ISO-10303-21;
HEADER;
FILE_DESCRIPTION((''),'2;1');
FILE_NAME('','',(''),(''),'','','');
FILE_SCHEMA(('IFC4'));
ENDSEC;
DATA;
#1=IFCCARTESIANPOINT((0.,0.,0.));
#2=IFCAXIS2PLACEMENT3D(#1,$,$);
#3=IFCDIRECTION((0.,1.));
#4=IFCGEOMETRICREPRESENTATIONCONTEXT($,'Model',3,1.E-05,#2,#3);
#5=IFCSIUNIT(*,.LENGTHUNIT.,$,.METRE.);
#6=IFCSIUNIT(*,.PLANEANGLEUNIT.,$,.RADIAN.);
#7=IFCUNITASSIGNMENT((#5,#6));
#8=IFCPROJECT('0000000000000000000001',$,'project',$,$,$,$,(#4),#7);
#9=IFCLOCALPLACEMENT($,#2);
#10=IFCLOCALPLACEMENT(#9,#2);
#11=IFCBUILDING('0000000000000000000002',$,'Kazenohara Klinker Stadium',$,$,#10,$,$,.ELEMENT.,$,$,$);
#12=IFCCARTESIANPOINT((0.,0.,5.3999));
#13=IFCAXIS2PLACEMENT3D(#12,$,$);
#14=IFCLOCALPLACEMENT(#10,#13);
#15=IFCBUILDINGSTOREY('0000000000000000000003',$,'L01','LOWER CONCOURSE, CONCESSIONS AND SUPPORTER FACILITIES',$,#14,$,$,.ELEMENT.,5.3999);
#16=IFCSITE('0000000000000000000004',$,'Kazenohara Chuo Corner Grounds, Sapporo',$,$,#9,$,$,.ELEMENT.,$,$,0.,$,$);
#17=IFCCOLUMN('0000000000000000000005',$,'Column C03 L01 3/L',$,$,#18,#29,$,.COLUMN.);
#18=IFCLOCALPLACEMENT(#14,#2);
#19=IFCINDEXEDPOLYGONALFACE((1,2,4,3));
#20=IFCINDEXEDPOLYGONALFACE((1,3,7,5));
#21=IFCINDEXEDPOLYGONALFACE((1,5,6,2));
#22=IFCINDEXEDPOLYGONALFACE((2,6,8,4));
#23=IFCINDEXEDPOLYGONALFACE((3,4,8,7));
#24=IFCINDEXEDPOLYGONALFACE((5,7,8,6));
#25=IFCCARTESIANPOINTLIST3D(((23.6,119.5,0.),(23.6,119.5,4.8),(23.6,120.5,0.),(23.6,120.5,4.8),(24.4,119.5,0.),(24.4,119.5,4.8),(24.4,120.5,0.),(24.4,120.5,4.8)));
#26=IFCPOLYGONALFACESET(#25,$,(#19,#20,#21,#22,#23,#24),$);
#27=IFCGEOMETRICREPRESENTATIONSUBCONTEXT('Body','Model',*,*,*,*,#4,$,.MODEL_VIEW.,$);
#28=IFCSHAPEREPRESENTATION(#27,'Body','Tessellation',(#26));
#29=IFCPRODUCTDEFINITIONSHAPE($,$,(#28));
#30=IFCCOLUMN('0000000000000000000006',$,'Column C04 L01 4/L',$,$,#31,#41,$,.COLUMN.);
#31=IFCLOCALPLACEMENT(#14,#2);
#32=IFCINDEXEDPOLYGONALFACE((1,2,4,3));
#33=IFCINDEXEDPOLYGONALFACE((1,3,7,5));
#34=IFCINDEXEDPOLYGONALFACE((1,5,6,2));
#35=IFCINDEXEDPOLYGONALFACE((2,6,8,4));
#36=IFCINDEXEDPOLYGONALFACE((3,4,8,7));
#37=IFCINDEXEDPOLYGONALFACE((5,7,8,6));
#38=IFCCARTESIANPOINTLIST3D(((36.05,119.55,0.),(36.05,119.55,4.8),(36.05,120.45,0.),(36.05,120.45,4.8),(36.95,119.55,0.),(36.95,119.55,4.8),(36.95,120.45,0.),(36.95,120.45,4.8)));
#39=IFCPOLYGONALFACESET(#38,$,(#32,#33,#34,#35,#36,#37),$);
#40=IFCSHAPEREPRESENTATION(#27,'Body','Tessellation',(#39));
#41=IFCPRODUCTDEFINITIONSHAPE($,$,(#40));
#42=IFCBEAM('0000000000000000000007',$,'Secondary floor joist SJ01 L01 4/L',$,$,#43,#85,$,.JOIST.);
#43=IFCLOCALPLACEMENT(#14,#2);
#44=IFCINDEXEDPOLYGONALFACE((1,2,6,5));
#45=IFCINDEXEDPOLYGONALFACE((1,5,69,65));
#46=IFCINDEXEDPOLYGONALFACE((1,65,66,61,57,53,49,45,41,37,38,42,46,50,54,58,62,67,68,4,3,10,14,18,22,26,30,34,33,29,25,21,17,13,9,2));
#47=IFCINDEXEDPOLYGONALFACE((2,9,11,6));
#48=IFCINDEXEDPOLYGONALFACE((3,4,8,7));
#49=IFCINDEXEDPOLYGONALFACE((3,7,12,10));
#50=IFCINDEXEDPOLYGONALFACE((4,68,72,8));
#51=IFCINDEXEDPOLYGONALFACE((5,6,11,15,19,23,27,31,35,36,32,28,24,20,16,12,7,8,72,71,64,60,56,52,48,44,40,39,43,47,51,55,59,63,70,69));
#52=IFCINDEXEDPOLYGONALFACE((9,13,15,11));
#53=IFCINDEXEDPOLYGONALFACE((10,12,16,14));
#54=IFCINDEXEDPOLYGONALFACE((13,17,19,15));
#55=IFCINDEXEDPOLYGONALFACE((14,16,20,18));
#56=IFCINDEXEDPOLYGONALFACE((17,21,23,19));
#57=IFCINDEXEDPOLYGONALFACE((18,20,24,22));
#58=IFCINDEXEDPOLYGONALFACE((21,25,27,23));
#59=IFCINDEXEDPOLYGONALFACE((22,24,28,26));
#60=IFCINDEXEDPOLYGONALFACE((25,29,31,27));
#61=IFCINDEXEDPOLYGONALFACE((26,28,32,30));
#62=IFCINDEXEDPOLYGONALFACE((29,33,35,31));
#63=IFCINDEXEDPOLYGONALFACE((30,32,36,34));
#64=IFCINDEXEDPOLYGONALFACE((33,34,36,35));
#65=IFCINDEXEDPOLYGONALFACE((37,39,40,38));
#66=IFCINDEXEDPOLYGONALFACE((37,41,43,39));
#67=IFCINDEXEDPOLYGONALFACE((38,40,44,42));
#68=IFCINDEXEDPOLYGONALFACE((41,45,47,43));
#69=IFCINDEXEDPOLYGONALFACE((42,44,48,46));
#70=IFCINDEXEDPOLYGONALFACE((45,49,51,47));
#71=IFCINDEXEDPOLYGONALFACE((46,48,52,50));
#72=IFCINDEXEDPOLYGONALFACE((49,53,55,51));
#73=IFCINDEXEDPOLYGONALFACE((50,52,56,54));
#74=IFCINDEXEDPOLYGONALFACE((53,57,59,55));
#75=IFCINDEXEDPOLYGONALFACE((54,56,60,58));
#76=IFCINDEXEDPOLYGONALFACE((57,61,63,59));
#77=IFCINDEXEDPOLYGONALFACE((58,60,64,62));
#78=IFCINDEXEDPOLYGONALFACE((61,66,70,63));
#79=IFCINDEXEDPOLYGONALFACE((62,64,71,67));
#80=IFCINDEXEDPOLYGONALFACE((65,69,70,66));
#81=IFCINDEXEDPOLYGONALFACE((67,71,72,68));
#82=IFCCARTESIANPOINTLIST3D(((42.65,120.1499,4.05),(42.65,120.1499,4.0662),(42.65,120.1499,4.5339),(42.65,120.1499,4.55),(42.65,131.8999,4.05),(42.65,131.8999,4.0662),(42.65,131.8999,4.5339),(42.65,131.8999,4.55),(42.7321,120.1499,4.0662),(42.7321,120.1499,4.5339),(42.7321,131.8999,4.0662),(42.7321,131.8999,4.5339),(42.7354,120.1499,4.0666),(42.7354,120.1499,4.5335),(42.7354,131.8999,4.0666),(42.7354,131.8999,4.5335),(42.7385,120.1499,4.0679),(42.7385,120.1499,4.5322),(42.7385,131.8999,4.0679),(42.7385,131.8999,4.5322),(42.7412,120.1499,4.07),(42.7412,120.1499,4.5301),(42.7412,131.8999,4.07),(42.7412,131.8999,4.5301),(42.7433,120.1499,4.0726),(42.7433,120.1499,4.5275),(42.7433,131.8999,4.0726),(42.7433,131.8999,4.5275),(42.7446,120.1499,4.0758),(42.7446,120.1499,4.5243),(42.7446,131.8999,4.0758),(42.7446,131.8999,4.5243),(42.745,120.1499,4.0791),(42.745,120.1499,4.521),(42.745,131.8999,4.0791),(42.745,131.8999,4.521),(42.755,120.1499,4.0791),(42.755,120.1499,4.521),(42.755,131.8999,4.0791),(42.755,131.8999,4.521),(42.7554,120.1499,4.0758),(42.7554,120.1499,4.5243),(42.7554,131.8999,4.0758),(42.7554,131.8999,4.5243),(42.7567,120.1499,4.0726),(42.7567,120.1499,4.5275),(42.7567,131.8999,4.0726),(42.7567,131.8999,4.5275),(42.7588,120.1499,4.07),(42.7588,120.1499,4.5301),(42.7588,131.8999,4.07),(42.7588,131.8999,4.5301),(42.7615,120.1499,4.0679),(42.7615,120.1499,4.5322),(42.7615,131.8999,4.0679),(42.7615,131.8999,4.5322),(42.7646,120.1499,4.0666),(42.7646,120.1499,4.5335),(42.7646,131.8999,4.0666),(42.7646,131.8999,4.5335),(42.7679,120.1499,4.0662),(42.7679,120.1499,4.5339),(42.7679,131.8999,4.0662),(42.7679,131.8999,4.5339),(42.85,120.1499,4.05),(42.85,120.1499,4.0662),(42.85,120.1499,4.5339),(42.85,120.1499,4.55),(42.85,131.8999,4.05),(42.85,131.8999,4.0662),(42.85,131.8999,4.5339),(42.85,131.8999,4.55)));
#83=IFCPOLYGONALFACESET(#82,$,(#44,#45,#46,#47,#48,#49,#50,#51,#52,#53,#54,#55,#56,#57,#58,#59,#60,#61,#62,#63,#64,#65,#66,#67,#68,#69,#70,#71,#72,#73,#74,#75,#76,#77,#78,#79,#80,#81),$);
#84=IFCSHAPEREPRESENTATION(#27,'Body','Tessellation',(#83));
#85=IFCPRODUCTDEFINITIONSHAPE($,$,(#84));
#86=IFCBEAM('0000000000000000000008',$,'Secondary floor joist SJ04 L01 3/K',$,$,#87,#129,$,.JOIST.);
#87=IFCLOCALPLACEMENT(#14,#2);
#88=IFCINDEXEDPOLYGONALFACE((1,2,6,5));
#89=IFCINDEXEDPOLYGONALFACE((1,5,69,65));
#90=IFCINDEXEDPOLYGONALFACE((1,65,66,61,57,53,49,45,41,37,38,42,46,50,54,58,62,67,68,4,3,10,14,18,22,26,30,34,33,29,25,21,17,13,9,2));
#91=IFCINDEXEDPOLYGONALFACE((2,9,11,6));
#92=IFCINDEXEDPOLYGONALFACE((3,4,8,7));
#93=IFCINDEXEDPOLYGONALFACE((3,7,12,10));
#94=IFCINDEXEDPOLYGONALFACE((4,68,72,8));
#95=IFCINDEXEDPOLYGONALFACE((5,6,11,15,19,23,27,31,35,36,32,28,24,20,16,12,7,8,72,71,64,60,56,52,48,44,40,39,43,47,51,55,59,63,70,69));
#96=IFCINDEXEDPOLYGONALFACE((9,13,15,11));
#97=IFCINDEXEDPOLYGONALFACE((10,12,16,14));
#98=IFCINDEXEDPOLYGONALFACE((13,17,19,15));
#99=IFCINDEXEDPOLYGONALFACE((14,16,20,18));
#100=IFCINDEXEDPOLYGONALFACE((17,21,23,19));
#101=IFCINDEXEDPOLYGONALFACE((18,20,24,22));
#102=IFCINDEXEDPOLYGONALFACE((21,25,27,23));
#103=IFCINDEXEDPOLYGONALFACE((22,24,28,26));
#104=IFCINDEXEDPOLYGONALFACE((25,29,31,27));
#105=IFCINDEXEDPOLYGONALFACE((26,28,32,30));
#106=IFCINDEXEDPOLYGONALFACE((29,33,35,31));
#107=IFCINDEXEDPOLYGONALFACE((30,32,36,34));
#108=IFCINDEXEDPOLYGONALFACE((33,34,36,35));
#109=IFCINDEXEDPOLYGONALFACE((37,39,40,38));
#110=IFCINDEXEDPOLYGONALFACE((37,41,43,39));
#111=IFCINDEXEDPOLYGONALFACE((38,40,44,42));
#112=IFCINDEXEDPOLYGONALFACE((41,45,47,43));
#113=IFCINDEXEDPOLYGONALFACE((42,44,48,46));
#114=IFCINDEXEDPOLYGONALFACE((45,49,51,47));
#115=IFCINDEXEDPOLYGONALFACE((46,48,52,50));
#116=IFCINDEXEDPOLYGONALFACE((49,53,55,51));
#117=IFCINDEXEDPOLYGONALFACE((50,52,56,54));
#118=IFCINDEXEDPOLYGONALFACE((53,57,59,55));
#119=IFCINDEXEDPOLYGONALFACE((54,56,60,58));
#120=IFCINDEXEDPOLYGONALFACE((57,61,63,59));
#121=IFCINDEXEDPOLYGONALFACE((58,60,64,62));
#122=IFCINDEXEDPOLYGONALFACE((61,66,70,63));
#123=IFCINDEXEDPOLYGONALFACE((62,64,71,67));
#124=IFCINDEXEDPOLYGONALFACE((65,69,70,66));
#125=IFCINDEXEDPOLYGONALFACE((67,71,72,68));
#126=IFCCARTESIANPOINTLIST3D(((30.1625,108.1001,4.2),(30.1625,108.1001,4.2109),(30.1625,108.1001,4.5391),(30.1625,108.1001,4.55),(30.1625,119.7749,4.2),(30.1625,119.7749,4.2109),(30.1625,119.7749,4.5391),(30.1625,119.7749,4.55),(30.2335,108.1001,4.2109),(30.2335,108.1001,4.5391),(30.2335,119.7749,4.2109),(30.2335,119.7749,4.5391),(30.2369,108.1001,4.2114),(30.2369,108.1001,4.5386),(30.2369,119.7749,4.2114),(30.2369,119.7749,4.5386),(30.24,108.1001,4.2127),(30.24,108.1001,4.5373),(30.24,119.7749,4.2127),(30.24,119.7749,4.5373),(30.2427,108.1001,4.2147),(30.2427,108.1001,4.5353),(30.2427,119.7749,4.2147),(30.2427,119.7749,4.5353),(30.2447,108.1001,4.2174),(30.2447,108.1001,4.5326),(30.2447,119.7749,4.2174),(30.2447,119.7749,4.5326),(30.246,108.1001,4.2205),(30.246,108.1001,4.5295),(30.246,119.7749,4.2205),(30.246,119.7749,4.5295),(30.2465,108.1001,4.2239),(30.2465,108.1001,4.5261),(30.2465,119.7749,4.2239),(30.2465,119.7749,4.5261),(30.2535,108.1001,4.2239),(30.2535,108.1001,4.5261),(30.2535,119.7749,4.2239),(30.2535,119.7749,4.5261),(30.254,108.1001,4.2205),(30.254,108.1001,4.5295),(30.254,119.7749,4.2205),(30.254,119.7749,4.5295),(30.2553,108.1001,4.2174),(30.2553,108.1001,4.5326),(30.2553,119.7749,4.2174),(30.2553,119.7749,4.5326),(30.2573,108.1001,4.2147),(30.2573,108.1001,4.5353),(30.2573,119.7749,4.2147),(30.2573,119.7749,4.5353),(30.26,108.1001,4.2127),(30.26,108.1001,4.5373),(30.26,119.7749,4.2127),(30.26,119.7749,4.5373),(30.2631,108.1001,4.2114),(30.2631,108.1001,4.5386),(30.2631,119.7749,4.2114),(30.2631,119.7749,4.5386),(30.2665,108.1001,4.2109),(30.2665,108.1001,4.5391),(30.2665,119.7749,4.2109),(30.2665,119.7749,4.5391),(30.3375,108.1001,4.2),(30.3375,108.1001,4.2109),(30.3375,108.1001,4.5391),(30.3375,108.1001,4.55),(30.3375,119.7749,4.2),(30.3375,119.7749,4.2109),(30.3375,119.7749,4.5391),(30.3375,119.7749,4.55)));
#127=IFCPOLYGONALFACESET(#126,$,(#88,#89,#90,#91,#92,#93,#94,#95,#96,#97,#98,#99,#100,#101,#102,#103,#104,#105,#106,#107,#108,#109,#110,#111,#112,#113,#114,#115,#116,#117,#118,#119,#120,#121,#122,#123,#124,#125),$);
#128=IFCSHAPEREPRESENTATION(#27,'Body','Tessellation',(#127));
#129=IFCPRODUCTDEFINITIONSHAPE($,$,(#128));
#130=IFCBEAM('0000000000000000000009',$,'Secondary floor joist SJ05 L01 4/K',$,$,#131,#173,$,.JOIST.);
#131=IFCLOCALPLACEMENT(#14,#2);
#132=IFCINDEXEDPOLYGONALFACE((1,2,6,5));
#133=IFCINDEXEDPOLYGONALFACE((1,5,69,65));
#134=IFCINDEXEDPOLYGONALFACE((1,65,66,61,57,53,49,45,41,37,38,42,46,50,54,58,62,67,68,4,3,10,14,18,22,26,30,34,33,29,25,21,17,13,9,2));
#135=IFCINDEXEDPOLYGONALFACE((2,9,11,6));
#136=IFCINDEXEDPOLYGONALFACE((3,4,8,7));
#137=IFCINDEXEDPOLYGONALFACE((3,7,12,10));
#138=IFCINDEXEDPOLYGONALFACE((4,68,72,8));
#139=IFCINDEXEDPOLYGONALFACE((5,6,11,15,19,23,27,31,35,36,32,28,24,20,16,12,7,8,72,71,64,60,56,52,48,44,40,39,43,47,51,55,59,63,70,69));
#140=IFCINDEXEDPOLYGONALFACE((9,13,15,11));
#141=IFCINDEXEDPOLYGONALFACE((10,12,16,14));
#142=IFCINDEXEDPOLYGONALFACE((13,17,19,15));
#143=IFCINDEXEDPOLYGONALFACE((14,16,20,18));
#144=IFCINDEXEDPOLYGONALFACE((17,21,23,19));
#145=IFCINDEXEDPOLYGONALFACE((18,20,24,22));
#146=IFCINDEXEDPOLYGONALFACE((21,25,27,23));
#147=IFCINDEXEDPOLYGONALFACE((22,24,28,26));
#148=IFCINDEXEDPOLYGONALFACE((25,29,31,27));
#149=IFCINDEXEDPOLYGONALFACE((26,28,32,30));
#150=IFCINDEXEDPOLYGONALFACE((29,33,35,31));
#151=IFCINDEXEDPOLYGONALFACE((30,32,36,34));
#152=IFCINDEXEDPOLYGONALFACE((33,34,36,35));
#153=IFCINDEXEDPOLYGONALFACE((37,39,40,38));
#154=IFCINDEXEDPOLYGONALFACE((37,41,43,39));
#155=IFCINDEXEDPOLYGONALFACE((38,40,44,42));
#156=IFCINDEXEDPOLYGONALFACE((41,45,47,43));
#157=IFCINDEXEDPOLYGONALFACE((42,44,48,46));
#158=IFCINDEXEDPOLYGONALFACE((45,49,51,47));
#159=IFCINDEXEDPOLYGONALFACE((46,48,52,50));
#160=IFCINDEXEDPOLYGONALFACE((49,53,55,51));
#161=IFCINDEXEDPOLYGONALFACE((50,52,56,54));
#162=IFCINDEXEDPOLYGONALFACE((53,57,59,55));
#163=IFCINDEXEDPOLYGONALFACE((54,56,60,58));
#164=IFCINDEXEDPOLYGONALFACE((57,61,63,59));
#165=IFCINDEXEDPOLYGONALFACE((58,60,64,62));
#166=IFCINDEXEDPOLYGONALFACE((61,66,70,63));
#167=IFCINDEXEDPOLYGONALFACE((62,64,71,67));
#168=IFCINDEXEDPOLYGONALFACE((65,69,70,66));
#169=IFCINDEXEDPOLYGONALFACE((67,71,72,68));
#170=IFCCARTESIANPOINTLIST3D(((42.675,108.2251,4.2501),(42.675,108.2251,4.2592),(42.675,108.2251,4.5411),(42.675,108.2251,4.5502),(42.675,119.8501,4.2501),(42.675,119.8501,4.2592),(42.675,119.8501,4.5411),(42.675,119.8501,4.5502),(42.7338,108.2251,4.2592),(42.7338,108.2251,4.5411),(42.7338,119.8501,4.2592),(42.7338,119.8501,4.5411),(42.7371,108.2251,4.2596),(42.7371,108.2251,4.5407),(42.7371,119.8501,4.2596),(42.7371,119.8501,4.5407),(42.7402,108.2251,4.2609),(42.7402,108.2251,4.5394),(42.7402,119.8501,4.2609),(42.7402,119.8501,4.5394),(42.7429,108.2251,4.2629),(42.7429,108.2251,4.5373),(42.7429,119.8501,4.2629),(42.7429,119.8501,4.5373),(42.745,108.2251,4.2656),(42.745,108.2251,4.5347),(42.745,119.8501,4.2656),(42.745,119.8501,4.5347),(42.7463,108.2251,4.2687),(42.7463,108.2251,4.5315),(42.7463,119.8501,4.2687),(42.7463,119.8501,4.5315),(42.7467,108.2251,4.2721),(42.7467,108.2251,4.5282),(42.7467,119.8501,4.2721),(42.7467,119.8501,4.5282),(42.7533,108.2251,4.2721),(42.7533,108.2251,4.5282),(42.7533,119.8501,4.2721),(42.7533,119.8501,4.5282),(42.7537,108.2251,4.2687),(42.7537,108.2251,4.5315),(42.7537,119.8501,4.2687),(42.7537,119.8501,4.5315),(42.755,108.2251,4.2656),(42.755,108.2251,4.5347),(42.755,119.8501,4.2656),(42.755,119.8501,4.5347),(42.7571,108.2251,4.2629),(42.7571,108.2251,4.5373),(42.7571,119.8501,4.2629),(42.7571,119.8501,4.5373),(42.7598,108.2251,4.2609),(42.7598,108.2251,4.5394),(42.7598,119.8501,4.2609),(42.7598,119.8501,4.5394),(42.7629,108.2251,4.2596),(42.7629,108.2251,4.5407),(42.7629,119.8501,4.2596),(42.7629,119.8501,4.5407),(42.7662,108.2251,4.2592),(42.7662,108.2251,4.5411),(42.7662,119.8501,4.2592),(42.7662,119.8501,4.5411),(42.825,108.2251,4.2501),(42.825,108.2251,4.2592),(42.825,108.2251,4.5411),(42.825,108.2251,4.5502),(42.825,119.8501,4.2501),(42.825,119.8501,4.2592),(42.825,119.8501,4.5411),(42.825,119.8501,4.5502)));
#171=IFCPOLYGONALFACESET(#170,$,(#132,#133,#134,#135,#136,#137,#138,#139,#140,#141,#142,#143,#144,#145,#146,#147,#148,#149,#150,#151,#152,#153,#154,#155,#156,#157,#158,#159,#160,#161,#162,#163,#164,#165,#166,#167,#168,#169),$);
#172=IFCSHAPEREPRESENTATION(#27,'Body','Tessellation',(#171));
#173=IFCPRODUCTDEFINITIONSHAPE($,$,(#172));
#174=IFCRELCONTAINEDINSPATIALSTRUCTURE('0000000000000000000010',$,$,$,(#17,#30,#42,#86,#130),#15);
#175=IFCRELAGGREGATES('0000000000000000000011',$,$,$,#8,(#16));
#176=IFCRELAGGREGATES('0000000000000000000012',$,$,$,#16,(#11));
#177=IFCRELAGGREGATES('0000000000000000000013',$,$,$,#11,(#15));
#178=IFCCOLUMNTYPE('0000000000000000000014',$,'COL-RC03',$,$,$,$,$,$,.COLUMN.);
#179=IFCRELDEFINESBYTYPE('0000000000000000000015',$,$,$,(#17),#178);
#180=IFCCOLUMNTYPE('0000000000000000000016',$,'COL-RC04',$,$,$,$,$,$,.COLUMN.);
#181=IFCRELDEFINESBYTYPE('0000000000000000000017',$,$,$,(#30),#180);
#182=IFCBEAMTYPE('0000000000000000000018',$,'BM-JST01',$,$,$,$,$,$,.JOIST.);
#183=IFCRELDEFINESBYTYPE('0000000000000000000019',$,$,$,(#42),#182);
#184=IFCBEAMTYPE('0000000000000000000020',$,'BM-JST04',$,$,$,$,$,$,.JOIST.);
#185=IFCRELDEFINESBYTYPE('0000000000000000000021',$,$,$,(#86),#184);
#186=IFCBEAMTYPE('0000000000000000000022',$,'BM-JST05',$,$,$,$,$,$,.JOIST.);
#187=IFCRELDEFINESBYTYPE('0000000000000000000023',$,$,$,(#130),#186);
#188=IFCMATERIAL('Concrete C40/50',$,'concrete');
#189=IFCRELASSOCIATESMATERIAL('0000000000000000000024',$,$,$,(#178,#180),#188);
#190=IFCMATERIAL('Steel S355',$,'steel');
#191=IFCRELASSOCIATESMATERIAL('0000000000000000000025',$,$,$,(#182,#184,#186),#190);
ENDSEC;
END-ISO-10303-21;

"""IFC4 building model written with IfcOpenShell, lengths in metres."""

from ifc_helpers import new_model, si_unit, direction, frame, origin, origin_2d, place, context, subcontext, project, spatial, rectangle, i_section, extrude, material, material_profile, profile_set, type_object, element, save


model = new_model("IFC4")

# Units and contexts
model_context = context("Model", 3, precision=1e-05, world=origin(), true_north=direction((0.0, 1.0)))
body_context = subcontext(model_context, "Body", "Model", "MODEL_VIEW")
ifc_project = project(units=[si_unit("LENGTHUNIT", "METRE"), si_unit("PLANEANGLEUNIT", "RADIAN")], contexts=[model_context])

# Site, building, storey
site_placement = place(None, origin())
site = spatial("IfcSite", under=ifc_project, at=site_placement, Name="Kazenohara Chuo Corner Grounds, Sapporo", CompositionType="ELEMENT", RefElevation=0.0)
building_placement = place(site_placement, origin())
building = spatial("IfcBuilding", under=site, at=building_placement, Name="Kazenohara Klinker Stadium", CompositionType="ELEMENT")
storey_placement = place(building_placement, frame((0.0, 0.0, 5.3999)))
storey = spatial("IfcBuildingStorey", under=building, at=storey_placement, Name="L01", Description="LOWER CONCOURSE, CONCESSIONS AND SUPPORTER FACILITIES", CompositionType="ELEMENT", Elevation=5.3999)

# Columns
ifc_material_1 = material(Name="Concrete C40/50", Category="concrete")
ifc_material_profile_1 = material_profile(ifc_material_1, rectangle(XDim=0.8, YDim=1.0, at=origin_2d()), Name="RC-COL-1000x800")
ifc_profile_set_1 = profile_set([ifc_material_profile_1], Name="Concrete C40/50")
column_type_1 = type_object("IfcColumnType", Name="COL-RC03", PredefinedType="COLUMN", material=ifc_profile_set_1)
column_1_placement = place(storey_placement, frame((24.0, 120.0, 0.0), z_axis=(0.0, 0.0, 1.0), x_axis=(1.0, 0.0, 0.0)))
element("IfcColumn", 1, at=column_1_placement, inside=storey, type_object=column_type_1, Name="Column C03 L01 3/L", PredefinedType="COLUMN", context=body_context, shape_type="SweptSolid", body=[
    extrude(rectangle(XDim=0.8, YDim=1.0, at=origin_2d()), origin(), (0.0, 0.0, 1.0), 4.8),
])
ifc_material_profile_2 = material_profile(ifc_material_1, rectangle(XDim=0.8999, YDim=0.8999, at=origin_2d()), Name="RC-COL-900x900")
ifc_profile_set_2 = profile_set([ifc_material_profile_2], Name="Concrete C40/50")
column_type_2 = type_object("IfcColumnType", Name="COL-RC04", PredefinedType="COLUMN", material=ifc_profile_set_2)
column_2_placement = place(storey_placement, frame((36.5, 120.0, 0.0), z_axis=(0.0, 0.0, 1.0), x_axis=(1.0, 0.0, 0.0)))
element("IfcColumn", 2, at=column_2_placement, inside=storey, type_object=column_type_2, Name="Column C04 L01 4/L", PredefinedType="COLUMN", context=body_context, shape_type="SweptSolid", body=[
    extrude(rectangle(XDim=0.8999, YDim=0.8999, at=origin_2d()), origin(), (0.0, 0.0, 1.0), 4.8),
])

# Beams
ifc_material_2 = material(Name="Steel S355", Category="steel")
ifc_material_profile_3 = material_profile(ifc_material_2, i_section(OverallWidth=0.2, OverallDepth=0.5, WebThickness=0.01, FlangeThickness=0.0161, FilletRadius=0.0129, at=origin_2d()), Name="H-500x200x10x16")
ifc_profile_set_3 = profile_set([ifc_material_profile_3], Name="Steel S355")
beam_type_1 = type_object("IfcBeamType", Name="BM-JST01", PredefinedType="JOIST", material=ifc_profile_set_3)
beam_1_placement = place(storey_placement, frame((42.75, 120.1499, 4.3), z_axis=(0.0, 1.0, 0.0), x_axis=(-1.0, 0.0, 0.0)))
element("IfcBeam", 3, at=beam_1_placement, inside=storey, type_object=beam_type_1, Name="Secondary floor joist SJ01 L01 4/L", PredefinedType="JOIST", context=body_context, shape_type="SweptSolid", body=[
    extrude(i_section(OverallWidth=0.2, OverallDepth=0.5, WebThickness=0.01, FlangeThickness=0.0161, FilletRadius=0.0129, at=origin_2d()), origin(), (0.0, 0.0, 1.0), 11.75),
])
ifc_material_profile_4 = material_profile(ifc_material_2, i_section(OverallWidth=0.175, OverallDepth=0.3501, WebThickness=0.0071, FlangeThickness=0.011, FilletRadius=0.0129, at=origin_2d()), Name="H-350x175x7x11")
ifc_profile_set_4 = profile_set([ifc_material_profile_4], Name="Steel S355")
beam_type_2 = type_object("IfcBeamType", Name="BM-JST04", PredefinedType="JOIST", material=ifc_profile_set_4)
beam_2_placement = place(storey_placement, frame((30.25, 108.1001, 4.375), z_axis=(0.0, 1.0, 0.0), x_axis=(-1.0, 0.0, 0.0)))
element("IfcBeam", 4, at=beam_2_placement, inside=storey, type_object=beam_type_2, Name="Secondary floor joist SJ04 L01 3/K", PredefinedType="JOIST", context=body_context, shape_type="SweptSolid", body=[
    extrude(i_section(OverallWidth=0.175, OverallDepth=0.3501, WebThickness=0.0071, FlangeThickness=0.011, FilletRadius=0.0129, at=origin_2d()), origin(), (0.0, 0.0, 1.0), 11.6748),
])
ifc_material_profile_5 = material_profile(ifc_material_2, i_section(OverallWidth=0.1499, OverallDepth=0.3, WebThickness=0.0066, FlangeThickness=0.009, FilletRadius=0.0129, at=origin_2d()), Name="H-300x150x6.5x9")
ifc_profile_set_5 = profile_set([ifc_material_profile_5], Name="Steel S355")
beam_type_3 = type_object("IfcBeamType", Name="BM-JST05", PredefinedType="JOIST", material=ifc_profile_set_5)
beam_3_placement = place(storey_placement, frame((42.75, 108.2251, 4.4001), z_axis=(0.0, 1.0, 0.0), x_axis=(-1.0, 0.0, 0.0)))
element("IfcBeam", 5, at=beam_3_placement, inside=storey, type_object=beam_type_3, Name="Secondary floor joist SJ05 L01 4/K", PredefinedType="JOIST", context=body_context, shape_type="SweptSolid", body=[
    extrude(i_section(OverallWidth=0.1499, OverallDepth=0.3, WebThickness=0.0066, FlangeThickness=0.009, FilletRadius=0.0129, at=origin_2d()), origin(), (0.0, 0.0, 1.0), 11.625),
])

save(model, "model.ifc")
